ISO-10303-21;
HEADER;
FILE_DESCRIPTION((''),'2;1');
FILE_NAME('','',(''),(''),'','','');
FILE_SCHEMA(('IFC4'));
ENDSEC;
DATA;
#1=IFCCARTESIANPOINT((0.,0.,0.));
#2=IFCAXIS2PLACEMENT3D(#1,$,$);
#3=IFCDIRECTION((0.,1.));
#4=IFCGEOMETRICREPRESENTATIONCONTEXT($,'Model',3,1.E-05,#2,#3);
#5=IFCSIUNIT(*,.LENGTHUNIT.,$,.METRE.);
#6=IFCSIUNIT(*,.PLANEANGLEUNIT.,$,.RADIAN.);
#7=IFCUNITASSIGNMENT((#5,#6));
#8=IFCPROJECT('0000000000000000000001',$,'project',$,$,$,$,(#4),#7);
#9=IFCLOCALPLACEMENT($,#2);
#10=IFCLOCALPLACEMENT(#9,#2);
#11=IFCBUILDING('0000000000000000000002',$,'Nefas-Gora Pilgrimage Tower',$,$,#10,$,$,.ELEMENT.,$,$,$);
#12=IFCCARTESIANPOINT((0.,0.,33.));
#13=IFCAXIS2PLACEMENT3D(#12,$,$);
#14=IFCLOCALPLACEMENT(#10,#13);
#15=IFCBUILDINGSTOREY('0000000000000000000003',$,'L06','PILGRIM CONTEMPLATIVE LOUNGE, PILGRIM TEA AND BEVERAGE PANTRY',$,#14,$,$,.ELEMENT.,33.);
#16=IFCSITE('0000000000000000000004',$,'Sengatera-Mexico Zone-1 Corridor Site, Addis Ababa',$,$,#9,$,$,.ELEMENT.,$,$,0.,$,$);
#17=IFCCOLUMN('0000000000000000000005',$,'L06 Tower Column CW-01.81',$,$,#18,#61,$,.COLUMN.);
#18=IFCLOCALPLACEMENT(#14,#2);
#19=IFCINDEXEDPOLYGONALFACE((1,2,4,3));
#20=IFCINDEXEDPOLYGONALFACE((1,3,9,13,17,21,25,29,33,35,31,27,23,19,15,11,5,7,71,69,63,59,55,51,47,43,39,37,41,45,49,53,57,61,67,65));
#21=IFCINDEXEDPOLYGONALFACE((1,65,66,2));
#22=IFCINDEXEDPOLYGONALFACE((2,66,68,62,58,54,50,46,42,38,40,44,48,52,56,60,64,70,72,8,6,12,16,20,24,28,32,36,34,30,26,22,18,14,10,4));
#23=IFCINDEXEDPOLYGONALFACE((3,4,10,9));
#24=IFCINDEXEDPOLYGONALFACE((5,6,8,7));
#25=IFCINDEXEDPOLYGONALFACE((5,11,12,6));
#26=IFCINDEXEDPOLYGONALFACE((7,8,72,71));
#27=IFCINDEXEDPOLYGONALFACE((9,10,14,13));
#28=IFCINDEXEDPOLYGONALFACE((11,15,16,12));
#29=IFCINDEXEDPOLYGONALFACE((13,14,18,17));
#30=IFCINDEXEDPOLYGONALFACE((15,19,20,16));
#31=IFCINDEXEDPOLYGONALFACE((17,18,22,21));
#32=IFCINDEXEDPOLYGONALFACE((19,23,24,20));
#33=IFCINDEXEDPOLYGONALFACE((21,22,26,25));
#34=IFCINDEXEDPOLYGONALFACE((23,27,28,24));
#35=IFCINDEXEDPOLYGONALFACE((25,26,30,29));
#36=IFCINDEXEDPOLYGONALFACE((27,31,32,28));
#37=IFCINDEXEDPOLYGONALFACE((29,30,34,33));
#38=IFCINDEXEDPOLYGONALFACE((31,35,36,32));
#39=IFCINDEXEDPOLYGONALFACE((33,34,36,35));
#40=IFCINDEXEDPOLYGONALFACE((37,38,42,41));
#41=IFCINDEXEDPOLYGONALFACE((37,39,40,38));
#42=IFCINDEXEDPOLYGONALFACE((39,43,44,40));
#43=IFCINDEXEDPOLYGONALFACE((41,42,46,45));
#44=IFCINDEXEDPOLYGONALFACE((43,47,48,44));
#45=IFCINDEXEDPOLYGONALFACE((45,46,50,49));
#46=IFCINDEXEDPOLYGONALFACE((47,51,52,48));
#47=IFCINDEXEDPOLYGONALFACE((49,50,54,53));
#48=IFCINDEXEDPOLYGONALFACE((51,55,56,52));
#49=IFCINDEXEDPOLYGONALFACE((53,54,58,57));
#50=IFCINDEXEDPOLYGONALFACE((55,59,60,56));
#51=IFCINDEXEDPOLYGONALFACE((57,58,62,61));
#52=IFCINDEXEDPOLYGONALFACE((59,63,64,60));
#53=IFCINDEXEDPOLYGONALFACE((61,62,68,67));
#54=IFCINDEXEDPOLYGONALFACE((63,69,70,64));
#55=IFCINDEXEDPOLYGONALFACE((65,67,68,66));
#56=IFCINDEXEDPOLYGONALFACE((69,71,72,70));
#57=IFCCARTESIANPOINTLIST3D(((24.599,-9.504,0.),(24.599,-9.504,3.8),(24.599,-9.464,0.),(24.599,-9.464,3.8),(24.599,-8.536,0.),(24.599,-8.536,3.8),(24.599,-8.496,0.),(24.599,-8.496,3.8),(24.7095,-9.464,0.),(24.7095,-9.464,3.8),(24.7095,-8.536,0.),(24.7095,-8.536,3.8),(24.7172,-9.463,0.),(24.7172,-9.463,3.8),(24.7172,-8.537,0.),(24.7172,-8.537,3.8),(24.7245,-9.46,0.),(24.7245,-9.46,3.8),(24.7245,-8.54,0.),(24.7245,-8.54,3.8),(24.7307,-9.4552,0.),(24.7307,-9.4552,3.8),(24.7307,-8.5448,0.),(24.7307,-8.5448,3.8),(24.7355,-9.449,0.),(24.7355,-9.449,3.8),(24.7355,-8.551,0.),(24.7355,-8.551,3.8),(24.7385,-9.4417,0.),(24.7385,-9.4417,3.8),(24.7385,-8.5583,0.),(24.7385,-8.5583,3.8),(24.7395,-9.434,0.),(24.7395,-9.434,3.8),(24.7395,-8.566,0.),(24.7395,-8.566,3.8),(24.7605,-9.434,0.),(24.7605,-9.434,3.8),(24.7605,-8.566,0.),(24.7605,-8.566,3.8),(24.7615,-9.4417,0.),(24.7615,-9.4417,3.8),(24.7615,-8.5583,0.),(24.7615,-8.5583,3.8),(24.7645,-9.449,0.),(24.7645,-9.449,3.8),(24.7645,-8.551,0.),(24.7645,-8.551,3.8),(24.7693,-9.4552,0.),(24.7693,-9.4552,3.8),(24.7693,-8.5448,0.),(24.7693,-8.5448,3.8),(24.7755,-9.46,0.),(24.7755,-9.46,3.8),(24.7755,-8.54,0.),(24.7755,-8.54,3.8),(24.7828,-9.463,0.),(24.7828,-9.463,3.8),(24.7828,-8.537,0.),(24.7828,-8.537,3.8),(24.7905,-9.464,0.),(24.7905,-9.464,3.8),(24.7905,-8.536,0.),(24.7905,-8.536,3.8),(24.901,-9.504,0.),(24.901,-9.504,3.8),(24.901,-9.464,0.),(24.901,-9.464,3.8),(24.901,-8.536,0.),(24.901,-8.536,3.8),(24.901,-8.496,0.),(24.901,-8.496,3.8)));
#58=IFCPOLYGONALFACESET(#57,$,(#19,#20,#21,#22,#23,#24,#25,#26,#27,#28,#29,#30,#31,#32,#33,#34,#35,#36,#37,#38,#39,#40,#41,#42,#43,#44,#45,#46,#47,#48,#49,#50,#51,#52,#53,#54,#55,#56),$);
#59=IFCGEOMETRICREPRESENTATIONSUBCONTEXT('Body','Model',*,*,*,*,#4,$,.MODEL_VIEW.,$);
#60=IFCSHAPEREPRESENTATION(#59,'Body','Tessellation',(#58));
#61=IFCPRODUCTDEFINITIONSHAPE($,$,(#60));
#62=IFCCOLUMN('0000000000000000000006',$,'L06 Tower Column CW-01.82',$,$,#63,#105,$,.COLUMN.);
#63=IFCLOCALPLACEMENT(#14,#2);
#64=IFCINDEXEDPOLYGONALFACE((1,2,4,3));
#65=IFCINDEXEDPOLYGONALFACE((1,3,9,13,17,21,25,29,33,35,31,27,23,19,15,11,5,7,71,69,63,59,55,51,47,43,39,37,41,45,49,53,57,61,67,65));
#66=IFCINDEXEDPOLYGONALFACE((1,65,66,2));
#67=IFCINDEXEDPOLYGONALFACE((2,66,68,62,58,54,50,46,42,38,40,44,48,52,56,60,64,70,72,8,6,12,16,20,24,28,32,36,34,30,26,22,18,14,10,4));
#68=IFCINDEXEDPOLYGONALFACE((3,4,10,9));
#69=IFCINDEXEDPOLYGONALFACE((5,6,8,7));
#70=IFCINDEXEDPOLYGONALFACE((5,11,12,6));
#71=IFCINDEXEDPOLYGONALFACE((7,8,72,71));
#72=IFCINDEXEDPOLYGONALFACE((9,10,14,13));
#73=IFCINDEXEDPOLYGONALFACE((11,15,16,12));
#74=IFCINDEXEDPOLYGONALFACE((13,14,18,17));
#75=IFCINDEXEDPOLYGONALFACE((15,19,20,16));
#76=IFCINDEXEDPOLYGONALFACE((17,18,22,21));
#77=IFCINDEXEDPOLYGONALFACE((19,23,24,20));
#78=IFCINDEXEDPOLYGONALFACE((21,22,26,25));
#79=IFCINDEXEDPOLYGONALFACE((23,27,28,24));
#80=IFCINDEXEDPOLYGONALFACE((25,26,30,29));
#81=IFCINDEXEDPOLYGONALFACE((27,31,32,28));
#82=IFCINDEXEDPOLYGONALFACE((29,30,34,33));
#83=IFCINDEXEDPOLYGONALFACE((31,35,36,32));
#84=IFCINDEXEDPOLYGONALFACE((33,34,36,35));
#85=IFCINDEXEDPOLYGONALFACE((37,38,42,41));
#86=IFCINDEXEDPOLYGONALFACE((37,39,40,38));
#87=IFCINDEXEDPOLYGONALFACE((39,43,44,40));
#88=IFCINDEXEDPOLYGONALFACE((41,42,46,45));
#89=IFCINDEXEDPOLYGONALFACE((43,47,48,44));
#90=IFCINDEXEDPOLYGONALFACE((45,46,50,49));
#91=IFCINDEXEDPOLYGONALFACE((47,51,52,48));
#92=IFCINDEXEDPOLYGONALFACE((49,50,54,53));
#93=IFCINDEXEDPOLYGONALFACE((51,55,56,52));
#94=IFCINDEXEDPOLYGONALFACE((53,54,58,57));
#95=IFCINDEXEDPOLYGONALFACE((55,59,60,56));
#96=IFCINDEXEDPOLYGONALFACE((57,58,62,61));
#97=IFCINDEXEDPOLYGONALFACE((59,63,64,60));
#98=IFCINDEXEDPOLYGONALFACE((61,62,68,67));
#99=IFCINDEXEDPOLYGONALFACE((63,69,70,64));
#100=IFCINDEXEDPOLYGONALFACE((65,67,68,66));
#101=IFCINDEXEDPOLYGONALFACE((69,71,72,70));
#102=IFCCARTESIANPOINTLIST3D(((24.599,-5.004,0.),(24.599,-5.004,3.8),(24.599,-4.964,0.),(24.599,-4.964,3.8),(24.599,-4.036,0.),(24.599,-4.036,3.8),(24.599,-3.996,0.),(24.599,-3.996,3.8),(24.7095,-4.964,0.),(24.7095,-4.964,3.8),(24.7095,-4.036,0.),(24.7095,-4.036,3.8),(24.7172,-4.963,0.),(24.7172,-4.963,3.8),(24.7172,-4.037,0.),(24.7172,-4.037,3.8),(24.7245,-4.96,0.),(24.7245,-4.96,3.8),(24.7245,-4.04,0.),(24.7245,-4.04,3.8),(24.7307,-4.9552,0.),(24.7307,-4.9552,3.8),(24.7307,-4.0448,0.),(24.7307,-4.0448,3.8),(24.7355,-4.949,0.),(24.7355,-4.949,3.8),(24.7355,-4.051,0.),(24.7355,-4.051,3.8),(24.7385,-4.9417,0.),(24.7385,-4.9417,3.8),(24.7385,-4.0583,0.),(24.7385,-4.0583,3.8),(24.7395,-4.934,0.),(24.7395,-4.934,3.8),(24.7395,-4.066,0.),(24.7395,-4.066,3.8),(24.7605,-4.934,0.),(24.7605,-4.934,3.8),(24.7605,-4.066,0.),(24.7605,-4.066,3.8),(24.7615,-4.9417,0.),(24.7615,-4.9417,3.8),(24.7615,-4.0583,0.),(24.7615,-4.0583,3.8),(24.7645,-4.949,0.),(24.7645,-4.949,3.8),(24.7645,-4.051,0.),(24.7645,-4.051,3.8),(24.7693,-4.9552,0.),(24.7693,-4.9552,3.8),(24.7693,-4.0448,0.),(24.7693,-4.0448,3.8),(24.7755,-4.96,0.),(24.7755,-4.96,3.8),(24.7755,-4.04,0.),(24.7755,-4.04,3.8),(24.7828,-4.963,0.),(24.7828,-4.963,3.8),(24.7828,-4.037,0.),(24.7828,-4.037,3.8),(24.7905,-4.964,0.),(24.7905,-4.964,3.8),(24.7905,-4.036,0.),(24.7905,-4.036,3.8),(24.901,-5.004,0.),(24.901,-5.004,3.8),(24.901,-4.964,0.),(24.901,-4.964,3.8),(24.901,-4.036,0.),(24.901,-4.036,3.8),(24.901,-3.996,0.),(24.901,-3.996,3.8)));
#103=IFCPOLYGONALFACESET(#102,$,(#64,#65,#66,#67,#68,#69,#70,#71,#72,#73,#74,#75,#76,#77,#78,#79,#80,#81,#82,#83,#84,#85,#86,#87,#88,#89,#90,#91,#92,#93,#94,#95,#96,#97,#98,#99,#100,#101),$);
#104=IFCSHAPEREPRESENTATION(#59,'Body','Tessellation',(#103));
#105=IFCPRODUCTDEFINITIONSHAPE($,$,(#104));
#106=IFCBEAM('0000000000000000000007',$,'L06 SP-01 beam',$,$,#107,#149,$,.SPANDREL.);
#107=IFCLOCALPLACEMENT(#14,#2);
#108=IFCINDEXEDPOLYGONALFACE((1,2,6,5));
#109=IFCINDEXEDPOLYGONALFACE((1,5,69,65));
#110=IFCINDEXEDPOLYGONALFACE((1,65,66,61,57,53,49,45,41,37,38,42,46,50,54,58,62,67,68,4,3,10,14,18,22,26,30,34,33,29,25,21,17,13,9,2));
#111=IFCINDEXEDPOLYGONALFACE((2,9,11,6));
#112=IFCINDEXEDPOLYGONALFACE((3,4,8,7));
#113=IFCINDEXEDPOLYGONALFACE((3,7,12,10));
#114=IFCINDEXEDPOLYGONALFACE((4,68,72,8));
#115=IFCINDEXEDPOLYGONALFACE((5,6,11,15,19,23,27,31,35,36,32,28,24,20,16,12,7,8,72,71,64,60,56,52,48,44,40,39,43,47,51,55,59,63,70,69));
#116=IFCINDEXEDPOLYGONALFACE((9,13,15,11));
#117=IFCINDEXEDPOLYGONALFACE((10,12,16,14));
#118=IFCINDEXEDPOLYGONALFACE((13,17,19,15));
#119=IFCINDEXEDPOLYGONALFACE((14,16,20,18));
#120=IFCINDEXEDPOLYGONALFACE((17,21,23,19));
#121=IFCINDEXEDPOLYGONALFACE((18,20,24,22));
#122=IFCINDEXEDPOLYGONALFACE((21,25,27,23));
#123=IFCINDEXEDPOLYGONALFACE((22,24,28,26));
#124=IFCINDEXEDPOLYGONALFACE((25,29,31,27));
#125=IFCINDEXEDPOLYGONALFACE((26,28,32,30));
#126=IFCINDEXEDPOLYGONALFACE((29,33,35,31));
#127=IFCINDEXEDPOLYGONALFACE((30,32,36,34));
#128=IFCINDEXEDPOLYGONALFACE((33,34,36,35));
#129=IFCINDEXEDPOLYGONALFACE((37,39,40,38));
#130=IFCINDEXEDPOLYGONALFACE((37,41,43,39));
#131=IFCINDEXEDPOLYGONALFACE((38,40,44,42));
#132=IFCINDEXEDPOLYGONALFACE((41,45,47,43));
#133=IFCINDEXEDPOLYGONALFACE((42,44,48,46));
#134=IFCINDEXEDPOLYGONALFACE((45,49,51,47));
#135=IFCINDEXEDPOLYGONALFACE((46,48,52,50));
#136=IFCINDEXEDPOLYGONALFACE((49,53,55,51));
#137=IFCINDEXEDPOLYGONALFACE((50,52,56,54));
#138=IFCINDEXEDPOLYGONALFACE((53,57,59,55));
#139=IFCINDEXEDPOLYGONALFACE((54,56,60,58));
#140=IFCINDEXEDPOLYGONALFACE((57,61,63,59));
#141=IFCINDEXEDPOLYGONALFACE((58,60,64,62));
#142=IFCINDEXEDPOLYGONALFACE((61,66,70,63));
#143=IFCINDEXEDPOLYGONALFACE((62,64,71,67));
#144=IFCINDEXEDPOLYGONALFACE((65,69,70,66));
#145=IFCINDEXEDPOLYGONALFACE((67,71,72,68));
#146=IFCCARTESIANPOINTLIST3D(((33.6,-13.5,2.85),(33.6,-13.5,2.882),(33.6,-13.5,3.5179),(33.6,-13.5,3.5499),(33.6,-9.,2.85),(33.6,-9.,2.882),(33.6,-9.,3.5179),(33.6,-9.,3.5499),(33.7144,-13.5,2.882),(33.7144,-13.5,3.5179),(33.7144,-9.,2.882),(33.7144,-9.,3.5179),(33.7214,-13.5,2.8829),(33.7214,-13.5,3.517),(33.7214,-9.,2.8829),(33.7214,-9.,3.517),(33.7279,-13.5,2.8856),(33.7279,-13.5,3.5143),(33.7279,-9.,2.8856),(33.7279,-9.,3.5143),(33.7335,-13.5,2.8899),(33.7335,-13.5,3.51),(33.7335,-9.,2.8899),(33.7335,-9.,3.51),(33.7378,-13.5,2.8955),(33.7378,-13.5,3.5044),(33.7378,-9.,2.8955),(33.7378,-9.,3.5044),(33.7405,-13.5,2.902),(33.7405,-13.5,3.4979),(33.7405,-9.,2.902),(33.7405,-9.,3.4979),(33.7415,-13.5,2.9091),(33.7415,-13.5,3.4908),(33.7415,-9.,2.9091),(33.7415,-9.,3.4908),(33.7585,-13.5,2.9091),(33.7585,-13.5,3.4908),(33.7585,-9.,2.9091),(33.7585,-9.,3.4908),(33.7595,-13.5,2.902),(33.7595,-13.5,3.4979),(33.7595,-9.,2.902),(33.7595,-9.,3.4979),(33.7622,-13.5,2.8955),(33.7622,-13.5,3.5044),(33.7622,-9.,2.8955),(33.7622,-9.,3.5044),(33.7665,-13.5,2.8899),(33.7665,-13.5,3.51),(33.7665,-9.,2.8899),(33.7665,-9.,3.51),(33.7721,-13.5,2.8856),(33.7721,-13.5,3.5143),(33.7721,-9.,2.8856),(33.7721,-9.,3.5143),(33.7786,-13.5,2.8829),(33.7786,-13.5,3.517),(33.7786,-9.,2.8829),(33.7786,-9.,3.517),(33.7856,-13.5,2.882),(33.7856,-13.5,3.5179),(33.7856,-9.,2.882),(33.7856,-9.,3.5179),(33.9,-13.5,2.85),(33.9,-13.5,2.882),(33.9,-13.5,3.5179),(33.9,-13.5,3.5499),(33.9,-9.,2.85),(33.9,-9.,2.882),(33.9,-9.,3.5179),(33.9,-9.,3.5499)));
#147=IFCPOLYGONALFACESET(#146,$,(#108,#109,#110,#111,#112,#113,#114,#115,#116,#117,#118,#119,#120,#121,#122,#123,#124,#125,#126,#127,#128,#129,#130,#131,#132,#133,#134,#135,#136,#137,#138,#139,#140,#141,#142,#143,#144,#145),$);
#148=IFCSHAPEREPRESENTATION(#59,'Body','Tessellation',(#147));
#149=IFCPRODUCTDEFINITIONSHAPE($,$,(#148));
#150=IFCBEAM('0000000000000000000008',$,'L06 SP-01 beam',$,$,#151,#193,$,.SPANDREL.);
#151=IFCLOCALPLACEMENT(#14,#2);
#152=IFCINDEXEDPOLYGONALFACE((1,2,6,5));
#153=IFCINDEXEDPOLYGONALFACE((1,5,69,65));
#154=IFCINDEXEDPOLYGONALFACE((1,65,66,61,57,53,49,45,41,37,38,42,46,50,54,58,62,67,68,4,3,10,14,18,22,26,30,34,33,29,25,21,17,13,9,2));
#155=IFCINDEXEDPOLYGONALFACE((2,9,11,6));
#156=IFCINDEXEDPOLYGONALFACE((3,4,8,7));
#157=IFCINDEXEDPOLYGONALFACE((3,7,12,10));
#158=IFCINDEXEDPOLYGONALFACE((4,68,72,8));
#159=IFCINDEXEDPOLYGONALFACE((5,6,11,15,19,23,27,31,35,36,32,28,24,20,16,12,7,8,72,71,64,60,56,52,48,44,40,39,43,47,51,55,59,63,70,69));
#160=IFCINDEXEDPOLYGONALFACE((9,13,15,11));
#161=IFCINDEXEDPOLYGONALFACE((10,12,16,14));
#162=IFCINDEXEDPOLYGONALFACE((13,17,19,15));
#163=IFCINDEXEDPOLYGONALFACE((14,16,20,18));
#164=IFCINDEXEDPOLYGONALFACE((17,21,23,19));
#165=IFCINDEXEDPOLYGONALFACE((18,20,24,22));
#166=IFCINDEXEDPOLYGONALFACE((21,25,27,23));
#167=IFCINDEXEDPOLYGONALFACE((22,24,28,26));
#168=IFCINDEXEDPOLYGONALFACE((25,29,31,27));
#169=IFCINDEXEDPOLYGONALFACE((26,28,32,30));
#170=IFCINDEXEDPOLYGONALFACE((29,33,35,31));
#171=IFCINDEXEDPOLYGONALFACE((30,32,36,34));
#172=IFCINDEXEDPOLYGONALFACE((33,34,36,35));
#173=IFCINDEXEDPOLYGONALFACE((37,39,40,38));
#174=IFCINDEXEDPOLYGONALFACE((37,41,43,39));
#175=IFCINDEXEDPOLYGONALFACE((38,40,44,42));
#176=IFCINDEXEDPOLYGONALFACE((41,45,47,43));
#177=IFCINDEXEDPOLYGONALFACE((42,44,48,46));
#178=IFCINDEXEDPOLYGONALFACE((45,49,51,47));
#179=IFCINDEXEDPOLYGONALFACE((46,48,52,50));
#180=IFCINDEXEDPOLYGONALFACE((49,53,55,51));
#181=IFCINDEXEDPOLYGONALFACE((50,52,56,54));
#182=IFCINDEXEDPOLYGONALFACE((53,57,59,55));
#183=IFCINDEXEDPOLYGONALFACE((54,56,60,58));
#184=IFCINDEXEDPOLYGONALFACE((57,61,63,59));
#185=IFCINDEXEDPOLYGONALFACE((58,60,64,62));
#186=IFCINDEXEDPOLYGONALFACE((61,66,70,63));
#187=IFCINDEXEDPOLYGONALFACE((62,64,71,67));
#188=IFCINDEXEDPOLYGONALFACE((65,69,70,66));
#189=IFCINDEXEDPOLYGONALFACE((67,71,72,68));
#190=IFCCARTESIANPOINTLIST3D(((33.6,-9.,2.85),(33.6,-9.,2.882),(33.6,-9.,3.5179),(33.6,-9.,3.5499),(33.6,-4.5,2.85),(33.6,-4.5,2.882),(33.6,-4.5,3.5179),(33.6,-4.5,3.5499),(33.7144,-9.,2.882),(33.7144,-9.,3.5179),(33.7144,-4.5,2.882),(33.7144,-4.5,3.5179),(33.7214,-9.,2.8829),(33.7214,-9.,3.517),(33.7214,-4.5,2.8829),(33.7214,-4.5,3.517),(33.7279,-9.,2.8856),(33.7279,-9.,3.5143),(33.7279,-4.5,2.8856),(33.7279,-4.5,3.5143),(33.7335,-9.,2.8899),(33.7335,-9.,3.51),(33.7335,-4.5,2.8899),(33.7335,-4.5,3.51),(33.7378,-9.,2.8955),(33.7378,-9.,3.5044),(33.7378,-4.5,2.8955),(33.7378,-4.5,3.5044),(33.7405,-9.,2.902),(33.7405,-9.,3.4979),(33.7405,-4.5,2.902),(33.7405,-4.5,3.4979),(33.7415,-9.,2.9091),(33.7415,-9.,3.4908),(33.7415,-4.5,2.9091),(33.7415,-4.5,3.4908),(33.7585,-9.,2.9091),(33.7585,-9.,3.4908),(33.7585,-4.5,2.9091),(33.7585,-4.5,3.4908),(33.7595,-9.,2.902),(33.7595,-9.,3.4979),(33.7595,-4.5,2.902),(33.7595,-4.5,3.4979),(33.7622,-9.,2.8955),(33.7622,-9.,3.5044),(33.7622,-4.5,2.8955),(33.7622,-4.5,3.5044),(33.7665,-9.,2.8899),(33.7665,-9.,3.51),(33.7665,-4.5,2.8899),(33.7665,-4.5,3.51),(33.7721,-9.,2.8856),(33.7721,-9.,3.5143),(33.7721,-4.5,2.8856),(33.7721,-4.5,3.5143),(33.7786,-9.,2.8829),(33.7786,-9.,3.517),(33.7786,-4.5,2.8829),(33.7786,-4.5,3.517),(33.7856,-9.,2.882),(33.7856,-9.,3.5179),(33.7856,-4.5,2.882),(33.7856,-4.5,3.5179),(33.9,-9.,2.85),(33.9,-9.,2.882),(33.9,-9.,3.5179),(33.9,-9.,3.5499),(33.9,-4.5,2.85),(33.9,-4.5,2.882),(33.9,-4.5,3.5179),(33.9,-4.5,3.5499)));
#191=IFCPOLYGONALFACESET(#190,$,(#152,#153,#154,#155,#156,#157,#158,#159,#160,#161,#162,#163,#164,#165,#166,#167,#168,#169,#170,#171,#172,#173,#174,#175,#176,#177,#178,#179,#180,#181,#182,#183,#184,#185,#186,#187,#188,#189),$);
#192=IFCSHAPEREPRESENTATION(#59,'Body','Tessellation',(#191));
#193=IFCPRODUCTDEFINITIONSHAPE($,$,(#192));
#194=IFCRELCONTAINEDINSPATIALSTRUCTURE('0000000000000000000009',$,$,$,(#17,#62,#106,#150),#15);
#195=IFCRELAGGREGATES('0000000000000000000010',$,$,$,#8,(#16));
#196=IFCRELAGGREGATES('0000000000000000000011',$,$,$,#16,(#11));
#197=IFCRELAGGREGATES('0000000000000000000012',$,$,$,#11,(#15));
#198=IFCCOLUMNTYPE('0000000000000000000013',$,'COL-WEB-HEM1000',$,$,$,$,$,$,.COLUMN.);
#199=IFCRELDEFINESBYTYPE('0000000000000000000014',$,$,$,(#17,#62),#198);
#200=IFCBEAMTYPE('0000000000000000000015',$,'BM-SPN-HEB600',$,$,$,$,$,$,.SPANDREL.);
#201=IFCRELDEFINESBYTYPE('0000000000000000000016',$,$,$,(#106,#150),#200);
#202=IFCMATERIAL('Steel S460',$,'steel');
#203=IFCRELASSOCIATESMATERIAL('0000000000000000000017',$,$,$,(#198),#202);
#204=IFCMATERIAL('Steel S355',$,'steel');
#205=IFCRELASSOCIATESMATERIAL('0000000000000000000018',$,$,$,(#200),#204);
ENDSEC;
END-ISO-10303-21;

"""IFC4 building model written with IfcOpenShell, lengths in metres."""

from ifc_helpers import new_model, si_unit, direction, frame, origin, origin_2d, place, context, subcontext, project, spatial, i_section, extrude, source, transform, mapped, material, material_profile, profile_set, type_object, element, save


model = new_model("IFC4")

# Units and contexts
model_context = context("Model", 3, precision=1e-05, world=origin(), true_north=direction((0.0, 1.0)))
body_context = subcontext(model_context, "Body", "Model", "MODEL_VIEW")
ifc_project = project(units=[si_unit("LENGTHUNIT", "METRE"), si_unit("PLANEANGLEUNIT", "RADIAN")], contexts=[model_context])

# Site, building, storey
site_placement = place(None, origin())
site = spatial("IfcSite", under=ifc_project, at=site_placement, Name="Sengatera-Mexico Zone-1 Corridor Site, Addis Ababa", CompositionType="ELEMENT", RefElevation=0.0)
building_placement = place(site_placement, origin())
building = spatial("IfcBuilding", under=site, at=building_placement, Name="Nefas-Gora Pilgrimage Tower", CompositionType="ELEMENT")
storey_placement = place(building_placement, frame((0.0, 0.0, 33.0)))
storey = spatial("IfcBuildingStorey", under=building, at=storey_placement, Name="L06", Description="PILGRIM CONTEMPLATIVE LOUNGE, PILGRIM TEA AND BEVERAGE PANTRY", CompositionType="ELEMENT", Elevation=33.0)

# Columns
ifc_material_1 = material(Name="Steel S460", Category="steel")
ifc_material_profile_1 = material_profile(ifc_material_1, i_section(OverallWidth=0.302, OverallDepth=1.0081, WebThickness=0.021, FlangeThickness=0.04, FilletRadius=0.03, at=origin_2d()), Name="HEM 1000")
ifc_profile_set_1 = profile_set([ifc_material_profile_1], Name="Steel S460")
column_type_1 = type_object("IfcColumnType", Name="COL-WEB-HEM1000", PredefinedType="COLUMN", material=ifc_profile_set_1)
shared_shape_1 = source(origin(), body_context, "Body", "SweptSolid", [
    extrude(i_section(OverallWidth=0.302, OverallDepth=1.0081, WebThickness=0.021, FlangeThickness=0.04, FilletRadius=0.03, at=origin_2d()), origin(), (0.0, 0.0, 1.0), 3.8),
])
for number, where, z_axis, x_axis, name in (
    (1, (24.75, -9.0, 0.0), (0.0, 0.0, 1.0), (1.0, 0.0, 0.0), "L06 Tower Column CW-01.81"),
    (2, (24.75, -4.5, 0.0), (0.0, 0.0, 1.0), (1.0, 0.0, 0.0), "L06 Tower Column CW-01.82"),
):
    element("IfcColumn", number, at=place(storey_placement, frame(where, z_axis=z_axis, x_axis=x_axis)), inside=storey, type_object=column_type_1, Name=name, PredefinedType="COLUMN", context=body_context, shape_type="MappedRepresentation", body=[
        mapped(shared_shape_1, transform((0.0, 0.0, 0.0), x_axis=(1.0, 0.0, 0.0), y_axis=(0.0, 1.0, 0.0), z_axis=(0.0, 0.0, 1.0), scale=1.0)),
    ])

# Beams
ifc_material_2 = material(Name="Steel S355", Category="steel")
ifc_material_profile_2 = material_profile(ifc_material_2, i_section(OverallWidth=0.3, OverallDepth=0.7, WebThickness=0.0171, FlangeThickness=0.032, FilletRadius=0.0271, at=origin_2d()), Name="HEB 700")
ifc_profile_set_2 = profile_set([ifc_material_profile_2], Name="Steel S355")
beam_type_1 = type_object("IfcBeamType", Name="BM-SPN-HEB600", PredefinedType="SPANDREL", material=ifc_profile_set_2)
shared_shape_2 = source(origin(), body_context, "Body", "SweptSolid", [
    extrude(i_section(OverallWidth=0.3, OverallDepth=0.7, WebThickness=0.0171, FlangeThickness=0.032, FilletRadius=0.0271, at=origin_2d()), origin(), (0.0, 0.0, 1.0), 4.5),
])
for number, where, z_axis, x_axis, name in (
    (3, (33.75, -13.5, 3.2), (0.0, 1.0, 0.0), (-1.0, 0.0, 0.0), "L06 SP-01 beam"),
    (4, (33.75, -9.0, 3.2), (0.0, 1.0, 0.0), (-1.0, 0.0, 0.0), "L06 SP-01 beam"),
):
    element("IfcBeam", number, at=place(storey_placement, frame(where, z_axis=z_axis, x_axis=x_axis)), inside=storey, type_object=beam_type_1, Name=name, PredefinedType="SPANDREL", context=body_context, shape_type="MappedRepresentation", body=[
        mapped(shared_shape_2, transform((0.0, 0.0, 0.0), x_axis=(1.0, 0.0, 0.0), y_axis=(0.0, 1.0, 0.0), z_axis=(0.0, 0.0, 1.0), scale=1.0)),
    ])

save(model, "model.ifc")
